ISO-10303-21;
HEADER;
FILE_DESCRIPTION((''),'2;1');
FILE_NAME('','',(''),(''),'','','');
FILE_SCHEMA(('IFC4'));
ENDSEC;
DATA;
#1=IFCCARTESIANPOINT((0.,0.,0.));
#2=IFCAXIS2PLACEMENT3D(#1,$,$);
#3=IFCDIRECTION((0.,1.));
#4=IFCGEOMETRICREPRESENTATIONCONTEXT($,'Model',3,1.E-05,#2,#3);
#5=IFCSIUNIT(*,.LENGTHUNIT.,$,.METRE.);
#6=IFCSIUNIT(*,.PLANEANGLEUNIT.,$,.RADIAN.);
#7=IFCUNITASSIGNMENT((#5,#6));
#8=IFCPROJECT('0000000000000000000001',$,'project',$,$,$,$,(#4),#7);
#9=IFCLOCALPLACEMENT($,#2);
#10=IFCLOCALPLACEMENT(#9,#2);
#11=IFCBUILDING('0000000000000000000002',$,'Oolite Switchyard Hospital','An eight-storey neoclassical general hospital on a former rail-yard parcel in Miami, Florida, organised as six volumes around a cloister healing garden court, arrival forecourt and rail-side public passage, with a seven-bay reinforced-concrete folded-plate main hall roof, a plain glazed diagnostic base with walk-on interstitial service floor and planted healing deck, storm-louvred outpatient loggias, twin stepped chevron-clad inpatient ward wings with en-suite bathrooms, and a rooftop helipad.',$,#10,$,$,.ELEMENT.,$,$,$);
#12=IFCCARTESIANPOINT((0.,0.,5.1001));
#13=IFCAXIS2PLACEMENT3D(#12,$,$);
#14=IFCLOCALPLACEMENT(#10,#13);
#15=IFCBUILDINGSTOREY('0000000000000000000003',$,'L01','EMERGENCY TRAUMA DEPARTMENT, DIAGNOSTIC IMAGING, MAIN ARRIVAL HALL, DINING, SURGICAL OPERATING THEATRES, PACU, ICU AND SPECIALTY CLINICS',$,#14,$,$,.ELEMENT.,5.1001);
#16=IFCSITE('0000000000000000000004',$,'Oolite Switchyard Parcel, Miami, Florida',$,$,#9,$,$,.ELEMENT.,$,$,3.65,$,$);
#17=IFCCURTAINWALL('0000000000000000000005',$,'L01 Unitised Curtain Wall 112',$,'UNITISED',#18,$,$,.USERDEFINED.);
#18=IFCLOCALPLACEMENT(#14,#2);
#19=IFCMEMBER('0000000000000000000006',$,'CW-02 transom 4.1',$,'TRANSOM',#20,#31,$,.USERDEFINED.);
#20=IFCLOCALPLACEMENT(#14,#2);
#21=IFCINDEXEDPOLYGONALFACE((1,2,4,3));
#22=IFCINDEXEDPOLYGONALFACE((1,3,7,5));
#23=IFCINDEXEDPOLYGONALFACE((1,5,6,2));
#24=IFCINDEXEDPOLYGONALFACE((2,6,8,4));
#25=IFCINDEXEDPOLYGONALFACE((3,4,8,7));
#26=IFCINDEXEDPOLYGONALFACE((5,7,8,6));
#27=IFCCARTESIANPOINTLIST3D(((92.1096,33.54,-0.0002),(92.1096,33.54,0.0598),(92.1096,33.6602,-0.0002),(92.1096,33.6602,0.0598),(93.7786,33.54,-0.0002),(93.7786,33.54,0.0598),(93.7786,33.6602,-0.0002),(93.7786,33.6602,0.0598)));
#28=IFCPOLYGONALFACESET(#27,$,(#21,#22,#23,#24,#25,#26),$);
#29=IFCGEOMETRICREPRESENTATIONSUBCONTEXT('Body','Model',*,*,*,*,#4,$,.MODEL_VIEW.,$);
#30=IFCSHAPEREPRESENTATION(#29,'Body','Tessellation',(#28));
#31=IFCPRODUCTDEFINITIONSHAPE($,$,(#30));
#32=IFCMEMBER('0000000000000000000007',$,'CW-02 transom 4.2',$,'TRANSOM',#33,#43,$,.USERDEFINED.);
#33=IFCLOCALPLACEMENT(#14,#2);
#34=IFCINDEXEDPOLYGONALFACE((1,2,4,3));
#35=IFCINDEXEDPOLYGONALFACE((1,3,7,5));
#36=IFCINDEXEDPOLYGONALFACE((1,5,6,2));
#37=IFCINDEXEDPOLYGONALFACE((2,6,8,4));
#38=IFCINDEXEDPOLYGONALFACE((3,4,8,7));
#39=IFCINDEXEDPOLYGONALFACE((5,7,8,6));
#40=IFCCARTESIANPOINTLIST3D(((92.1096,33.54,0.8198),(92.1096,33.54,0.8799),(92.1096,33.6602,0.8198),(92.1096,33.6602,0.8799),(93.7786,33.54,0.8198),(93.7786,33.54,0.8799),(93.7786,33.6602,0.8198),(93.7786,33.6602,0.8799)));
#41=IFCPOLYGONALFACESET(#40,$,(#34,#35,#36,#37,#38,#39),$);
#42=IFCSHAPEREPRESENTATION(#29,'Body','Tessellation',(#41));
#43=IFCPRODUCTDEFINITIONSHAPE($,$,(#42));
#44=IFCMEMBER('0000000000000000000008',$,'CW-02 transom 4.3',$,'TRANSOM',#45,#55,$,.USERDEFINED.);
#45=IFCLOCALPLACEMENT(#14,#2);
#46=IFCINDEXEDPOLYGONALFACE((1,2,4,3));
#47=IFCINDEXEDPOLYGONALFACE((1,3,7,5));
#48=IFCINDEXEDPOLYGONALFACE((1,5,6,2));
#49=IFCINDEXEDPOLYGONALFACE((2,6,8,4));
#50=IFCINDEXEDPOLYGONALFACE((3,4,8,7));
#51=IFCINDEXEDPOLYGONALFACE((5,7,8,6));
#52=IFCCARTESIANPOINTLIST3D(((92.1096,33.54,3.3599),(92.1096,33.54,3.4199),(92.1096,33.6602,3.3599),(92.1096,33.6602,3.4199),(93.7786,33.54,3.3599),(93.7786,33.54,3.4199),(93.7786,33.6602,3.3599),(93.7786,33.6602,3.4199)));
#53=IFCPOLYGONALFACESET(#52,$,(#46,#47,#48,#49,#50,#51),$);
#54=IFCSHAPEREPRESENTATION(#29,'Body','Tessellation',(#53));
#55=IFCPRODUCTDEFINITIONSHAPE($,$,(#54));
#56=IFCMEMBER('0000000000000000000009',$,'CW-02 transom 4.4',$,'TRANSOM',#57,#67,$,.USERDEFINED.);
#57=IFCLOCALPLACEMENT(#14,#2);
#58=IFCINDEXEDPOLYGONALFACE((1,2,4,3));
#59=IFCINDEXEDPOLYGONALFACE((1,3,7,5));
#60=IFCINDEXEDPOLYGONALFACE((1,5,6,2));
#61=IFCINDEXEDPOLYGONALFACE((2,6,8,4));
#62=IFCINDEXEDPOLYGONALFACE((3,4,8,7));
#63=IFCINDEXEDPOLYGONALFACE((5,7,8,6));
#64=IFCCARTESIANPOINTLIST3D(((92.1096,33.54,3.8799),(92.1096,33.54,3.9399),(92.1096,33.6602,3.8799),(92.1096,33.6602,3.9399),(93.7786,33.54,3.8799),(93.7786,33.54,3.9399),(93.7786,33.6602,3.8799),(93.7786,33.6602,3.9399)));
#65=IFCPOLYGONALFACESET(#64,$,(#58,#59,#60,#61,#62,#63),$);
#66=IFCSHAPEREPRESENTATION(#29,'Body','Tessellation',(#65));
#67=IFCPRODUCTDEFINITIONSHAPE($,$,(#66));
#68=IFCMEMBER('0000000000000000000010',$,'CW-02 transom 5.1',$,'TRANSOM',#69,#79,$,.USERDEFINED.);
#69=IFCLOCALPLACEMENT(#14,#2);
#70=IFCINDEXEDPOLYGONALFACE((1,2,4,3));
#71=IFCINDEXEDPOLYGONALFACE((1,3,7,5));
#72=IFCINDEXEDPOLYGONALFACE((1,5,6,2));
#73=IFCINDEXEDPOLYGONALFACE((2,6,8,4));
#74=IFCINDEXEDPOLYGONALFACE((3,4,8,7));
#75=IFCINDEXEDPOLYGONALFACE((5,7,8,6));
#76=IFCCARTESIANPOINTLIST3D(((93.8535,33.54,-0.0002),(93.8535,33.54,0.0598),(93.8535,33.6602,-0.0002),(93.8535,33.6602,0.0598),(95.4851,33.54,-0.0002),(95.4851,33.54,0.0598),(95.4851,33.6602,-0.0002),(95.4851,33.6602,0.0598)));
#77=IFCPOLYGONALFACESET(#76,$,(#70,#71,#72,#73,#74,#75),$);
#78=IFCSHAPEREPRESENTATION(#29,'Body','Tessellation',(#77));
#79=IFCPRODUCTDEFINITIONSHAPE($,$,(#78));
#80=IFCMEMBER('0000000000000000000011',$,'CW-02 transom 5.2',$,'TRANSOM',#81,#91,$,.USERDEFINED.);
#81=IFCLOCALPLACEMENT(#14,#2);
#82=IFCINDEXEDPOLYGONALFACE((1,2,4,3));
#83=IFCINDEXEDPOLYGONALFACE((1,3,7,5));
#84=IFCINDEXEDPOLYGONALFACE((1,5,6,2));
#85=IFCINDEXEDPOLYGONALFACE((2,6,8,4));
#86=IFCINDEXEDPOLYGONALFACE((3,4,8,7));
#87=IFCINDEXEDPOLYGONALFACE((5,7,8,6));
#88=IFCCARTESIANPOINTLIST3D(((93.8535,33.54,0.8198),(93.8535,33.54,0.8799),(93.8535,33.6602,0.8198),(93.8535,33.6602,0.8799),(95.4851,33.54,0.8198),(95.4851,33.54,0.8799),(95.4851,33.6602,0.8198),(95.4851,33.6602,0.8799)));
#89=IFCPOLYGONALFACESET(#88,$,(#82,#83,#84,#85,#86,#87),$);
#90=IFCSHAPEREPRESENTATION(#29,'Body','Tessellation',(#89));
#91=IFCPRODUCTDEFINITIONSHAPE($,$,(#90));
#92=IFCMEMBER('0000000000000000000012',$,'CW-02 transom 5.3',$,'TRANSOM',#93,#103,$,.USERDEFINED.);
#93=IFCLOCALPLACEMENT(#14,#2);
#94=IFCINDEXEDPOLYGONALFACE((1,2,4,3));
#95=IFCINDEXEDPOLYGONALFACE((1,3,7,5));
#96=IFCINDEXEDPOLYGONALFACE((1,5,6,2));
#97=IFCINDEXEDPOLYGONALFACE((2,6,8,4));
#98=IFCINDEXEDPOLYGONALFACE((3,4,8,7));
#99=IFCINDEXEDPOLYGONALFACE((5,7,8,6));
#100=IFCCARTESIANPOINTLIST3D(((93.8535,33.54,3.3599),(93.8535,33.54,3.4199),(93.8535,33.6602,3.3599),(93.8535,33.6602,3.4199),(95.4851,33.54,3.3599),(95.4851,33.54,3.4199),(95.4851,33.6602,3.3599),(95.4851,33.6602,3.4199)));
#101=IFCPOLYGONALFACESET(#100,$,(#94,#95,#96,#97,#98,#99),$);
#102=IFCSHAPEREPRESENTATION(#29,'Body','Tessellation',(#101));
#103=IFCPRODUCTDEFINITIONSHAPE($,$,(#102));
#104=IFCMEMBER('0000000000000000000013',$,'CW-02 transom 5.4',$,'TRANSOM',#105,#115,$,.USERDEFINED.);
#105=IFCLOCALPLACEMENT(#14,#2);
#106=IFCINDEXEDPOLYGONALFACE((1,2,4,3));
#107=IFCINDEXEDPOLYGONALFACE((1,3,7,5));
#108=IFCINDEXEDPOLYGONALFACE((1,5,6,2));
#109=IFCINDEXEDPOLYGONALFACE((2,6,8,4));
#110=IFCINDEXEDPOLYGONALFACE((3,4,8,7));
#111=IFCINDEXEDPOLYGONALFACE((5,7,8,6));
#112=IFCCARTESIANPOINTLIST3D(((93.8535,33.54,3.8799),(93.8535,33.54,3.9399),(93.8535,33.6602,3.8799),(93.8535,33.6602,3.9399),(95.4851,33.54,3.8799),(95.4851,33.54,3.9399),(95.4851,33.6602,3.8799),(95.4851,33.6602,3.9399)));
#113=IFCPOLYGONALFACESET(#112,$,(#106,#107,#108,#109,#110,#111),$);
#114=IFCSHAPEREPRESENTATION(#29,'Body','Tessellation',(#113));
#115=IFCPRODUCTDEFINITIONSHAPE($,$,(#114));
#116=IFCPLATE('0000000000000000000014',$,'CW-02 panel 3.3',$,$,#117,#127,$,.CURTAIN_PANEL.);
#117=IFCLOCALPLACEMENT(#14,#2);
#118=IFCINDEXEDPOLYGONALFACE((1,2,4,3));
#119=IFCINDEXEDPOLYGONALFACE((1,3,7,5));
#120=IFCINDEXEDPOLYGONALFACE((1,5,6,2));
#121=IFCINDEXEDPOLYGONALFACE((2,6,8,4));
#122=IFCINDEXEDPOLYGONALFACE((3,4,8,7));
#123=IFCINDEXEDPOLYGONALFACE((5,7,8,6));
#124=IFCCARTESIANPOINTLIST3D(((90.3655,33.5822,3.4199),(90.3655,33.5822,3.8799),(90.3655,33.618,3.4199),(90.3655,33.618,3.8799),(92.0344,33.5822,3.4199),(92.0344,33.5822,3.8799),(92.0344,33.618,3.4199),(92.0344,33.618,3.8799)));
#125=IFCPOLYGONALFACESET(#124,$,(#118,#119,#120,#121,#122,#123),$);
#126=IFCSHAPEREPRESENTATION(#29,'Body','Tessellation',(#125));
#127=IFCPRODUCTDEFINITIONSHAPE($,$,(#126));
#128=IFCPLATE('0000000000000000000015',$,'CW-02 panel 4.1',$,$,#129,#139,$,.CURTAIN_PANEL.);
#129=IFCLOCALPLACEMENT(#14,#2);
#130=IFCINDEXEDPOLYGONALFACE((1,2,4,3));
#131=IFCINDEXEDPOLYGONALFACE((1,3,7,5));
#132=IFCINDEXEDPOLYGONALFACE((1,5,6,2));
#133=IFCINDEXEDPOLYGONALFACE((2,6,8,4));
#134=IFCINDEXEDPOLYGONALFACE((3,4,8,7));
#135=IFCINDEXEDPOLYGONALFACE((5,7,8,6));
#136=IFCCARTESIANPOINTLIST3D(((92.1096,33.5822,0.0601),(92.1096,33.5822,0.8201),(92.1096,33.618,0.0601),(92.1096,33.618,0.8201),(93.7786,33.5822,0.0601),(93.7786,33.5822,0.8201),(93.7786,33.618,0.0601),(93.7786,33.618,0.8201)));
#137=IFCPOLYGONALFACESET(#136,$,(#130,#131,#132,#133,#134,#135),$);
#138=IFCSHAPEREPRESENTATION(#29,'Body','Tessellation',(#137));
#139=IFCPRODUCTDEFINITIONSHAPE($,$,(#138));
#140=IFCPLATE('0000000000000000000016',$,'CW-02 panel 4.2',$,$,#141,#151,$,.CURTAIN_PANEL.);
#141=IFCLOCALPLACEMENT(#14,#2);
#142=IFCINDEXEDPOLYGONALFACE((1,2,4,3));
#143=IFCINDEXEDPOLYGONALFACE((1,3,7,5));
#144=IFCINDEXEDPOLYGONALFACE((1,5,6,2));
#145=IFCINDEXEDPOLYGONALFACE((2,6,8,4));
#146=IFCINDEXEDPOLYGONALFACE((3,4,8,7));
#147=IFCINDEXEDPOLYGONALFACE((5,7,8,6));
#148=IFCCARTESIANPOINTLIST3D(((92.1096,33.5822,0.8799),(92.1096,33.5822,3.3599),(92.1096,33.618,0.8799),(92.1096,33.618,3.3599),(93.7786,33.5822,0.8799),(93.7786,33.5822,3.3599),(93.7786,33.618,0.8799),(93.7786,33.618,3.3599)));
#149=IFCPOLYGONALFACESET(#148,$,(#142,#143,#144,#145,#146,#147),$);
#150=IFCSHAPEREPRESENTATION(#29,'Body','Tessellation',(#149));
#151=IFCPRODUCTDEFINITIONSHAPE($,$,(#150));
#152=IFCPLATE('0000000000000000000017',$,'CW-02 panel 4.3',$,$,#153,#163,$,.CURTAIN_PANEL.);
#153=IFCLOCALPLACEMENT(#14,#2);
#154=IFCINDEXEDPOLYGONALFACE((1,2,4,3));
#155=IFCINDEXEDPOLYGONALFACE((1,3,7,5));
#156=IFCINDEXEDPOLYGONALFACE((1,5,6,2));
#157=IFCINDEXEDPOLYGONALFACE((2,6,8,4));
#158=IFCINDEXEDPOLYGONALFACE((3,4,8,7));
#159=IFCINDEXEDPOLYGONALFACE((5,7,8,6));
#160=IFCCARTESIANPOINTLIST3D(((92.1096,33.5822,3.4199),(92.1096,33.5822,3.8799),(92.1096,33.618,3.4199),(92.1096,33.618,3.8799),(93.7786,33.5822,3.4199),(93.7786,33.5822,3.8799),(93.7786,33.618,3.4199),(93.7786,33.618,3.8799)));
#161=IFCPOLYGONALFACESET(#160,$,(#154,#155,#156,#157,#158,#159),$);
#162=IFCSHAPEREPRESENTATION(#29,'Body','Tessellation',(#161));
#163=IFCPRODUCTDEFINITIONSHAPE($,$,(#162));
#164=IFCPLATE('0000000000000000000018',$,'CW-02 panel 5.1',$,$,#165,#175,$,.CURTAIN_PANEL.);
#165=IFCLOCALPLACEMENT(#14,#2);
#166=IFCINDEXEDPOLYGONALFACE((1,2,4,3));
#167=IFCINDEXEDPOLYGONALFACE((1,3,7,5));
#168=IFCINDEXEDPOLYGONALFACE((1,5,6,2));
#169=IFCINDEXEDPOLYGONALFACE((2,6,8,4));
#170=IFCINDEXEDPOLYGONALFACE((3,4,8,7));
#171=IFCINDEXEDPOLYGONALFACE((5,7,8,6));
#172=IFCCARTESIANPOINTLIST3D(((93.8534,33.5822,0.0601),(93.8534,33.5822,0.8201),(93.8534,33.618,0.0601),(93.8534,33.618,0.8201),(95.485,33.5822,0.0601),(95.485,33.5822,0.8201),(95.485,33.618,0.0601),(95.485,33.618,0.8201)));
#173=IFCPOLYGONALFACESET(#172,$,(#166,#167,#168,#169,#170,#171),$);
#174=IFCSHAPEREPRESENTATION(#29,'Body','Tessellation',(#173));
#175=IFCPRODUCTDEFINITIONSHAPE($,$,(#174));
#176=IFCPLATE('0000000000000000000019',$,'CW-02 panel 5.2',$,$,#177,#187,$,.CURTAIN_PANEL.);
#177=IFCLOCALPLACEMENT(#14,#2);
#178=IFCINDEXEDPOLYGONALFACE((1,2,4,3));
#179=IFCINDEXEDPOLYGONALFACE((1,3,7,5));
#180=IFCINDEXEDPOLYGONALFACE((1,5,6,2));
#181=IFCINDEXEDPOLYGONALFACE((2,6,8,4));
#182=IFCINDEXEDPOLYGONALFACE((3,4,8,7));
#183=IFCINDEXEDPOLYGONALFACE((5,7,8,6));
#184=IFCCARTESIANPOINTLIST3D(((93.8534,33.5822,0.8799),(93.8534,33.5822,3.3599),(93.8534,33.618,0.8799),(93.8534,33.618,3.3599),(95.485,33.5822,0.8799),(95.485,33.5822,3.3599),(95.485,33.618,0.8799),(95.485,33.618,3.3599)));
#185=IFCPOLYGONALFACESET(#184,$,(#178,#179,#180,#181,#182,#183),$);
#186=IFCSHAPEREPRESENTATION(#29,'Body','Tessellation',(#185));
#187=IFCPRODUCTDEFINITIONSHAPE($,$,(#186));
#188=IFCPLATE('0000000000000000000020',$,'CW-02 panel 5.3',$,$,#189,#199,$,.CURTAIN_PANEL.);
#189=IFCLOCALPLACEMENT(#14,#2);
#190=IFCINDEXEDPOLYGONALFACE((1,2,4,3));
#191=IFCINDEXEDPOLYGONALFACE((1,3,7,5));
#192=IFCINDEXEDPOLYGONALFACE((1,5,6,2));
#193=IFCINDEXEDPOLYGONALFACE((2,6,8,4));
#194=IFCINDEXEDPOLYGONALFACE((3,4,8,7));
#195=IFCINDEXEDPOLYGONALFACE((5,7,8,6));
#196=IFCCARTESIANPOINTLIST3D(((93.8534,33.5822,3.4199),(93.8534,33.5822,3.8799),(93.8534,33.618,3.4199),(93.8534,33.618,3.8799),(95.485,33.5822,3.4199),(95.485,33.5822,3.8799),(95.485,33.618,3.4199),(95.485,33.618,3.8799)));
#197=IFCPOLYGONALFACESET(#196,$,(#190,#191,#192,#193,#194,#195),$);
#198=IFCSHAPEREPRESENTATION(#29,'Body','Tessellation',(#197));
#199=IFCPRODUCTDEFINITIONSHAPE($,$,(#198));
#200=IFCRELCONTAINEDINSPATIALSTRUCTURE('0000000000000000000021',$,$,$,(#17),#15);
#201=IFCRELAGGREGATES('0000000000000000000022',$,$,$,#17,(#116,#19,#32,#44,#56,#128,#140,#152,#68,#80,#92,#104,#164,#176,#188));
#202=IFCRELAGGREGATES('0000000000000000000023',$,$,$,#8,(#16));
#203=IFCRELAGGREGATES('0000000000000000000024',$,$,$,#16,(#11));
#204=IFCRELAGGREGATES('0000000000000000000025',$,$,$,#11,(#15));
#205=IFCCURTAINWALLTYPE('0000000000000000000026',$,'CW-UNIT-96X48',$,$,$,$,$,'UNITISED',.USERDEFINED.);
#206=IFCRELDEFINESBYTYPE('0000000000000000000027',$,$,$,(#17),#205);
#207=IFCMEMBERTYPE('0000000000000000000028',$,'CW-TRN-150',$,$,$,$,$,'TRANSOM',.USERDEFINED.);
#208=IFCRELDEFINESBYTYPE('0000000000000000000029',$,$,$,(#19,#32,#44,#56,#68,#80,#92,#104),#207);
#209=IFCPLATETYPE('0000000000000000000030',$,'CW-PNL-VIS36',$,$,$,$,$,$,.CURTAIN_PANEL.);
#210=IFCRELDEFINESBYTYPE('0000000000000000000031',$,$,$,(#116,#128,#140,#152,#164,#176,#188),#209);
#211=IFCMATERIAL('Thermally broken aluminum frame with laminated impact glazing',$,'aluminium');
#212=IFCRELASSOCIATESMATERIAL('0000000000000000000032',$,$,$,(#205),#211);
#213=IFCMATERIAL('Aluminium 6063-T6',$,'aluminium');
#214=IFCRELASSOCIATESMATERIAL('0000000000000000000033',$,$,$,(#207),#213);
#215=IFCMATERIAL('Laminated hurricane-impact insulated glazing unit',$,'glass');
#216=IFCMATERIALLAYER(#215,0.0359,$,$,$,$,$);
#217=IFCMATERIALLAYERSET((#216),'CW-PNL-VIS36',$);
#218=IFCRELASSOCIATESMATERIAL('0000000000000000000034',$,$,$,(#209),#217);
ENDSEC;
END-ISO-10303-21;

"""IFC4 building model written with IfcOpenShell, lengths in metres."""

from ifc_helpers import new_model, si_unit, direction, frame, origin, origin_2d, place, context, subcontext, project, spatial, rectangle, extrude, material, layer, layer_set, material_profile, profile_set, type_object, element, aggregate, save


model = new_model("IFC4")

# Units and contexts
model_context = context("Model", 3, precision=1e-05, world=origin(), true_north=direction((0.0, 1.0)))
body_context = subcontext(model_context, "Body", "Model", "MODEL_VIEW")
ifc_project = project(units=[si_unit("LENGTHUNIT", "METRE"), si_unit("PLANEANGLEUNIT", "RADIAN")], contexts=[model_context])

# Site, building, storey
site_placement = place(None, origin())
site = spatial("IfcSite", under=ifc_project, at=site_placement, Name="Oolite Switchyard Parcel, Miami, Florida", CompositionType="ELEMENT", RefElevation=3.65)
building_placement = place(site_placement, origin())
building = spatial("IfcBuilding", under=site, at=building_placement, Name="Oolite Switchyard Hospital", Description="An eight-storey neoclassical general hospital on a former rail-yard parcel in Miami, Florida, organised as six volumes around a cloister healing garden court, arrival forecourt and rail-side public passage, with a seven-bay reinforced-concrete folded-plate main hall roof, a plain glazed diagnostic base with walk-on interstitial service floor and planted healing deck, storm-louvred outpatient loggias, twin stepped chevron-clad inpatient ward wings with en-suite bathrooms, and a rooftop helipad.", CompositionType="ELEMENT")
storey_placement = place(building_placement, frame((0.0, 0.0, 5.1001)))
storey = spatial("IfcBuildingStorey", under=building, at=storey_placement, Name="L01", Description="EMERGENCY TRAUMA DEPARTMENT, DIAGNOSTIC IMAGING, MAIN ARRIVAL HALL, DINING, SURGICAL OPERATING THEATRES, PACU, ICU AND SPECIALTY CLINICS", CompositionType="ELEMENT", Elevation=5.1001)

# Curtain wall, members, plates
ifc_material_1 = material(Name="Thermally broken aluminum frame with laminated impact glazing", Category="aluminium")
curtain_wall_type = type_object("IfcCurtainWallType", Name="CW-UNIT-96X48", ElementType="UNITISED", PredefinedType="USERDEFINED", material=ifc_material_1)
curtain_wall_placement = place(storey_placement, origin())
curtain_wall = element("IfcCurtainWall", 1, at=curtain_wall_placement, inside=storey, type_object=curtain_wall_type, Name="L01 Unitised Curtain Wall 112", ObjectType="UNITISED", PredefinedType="USERDEFINED")
ifc_material_2 = material(Name="Aluminium 6063-T6", Category="aluminium")
ifc_material_profile_1 = material_profile(ifc_material_2, rectangle(XDim=0.1201, YDim=0.0601, at=origin_2d()), Name="CWT60X120")
ifc_profile_set_1 = profile_set([ifc_material_profile_1], Name="Aluminium 6063-T6")
member_type_1 = type_object("IfcMemberType", Name="CW-TRN-150", ElementType="TRANSOM", PredefinedType="USERDEFINED", material=ifc_profile_set_1)
member_1_placement = place(storey_placement, frame((92.1096, 33.6001, 0.0298), z_axis=(1.0, 0.0, 0.0), x_axis=(0.0, 1.0, 0.0)))
member_1 = element("IfcMember", 2, at=member_1_placement, type_object=member_type_1, Name="CW-02 transom 4.1", ObjectType="TRANSOM", PredefinedType="USERDEFINED", context=body_context, shape_type="SweptSolid", body=[
    extrude(rectangle(XDim=0.1201, YDim=0.0601, at=origin_2d()), origin(), (0.0, 0.0, 1.0), 1.6689),
])
member_2_placement = place(storey_placement, frame((92.1096, 33.6001, 0.8499), z_axis=(1.0, 0.0, 0.0), x_axis=(0.0, 1.0, 0.0)))
member_2 = element("IfcMember", 3, at=member_2_placement, type_object=member_type_1, Name="CW-02 transom 4.2", ObjectType="TRANSOM", PredefinedType="USERDEFINED", context=body_context, shape_type="SweptSolid", body=[
    extrude(rectangle(XDim=0.1201, YDim=0.0601, at=origin_2d()), origin(), (0.0, 0.0, 1.0), 1.6689),
])
member_3_placement = place(storey_placement, frame((92.1096, 33.6001, 3.3899), z_axis=(1.0, 0.0, 0.0), x_axis=(0.0, 1.0, 0.0)))
member_3 = element("IfcMember", 4, at=member_3_placement, type_object=member_type_1, Name="CW-02 transom 4.3", ObjectType="TRANSOM", PredefinedType="USERDEFINED", context=body_context, shape_type="SweptSolid", body=[
    extrude(rectangle(XDim=0.1201, YDim=0.0601, at=origin_2d()), origin(), (0.0, 0.0, 1.0), 1.6689),
])
member_4_placement = place(storey_placement, frame((92.1096, 33.6001, 3.9099), z_axis=(1.0, 0.0, 0.0), x_axis=(0.0, 1.0, 0.0)))
member_4 = element("IfcMember", 5, at=member_4_placement, type_object=member_type_1, Name="CW-02 transom 4.4", ObjectType="TRANSOM", PredefinedType="USERDEFINED", context=body_context, shape_type="SweptSolid", body=[
    extrude(rectangle(XDim=0.1201, YDim=0.0601, at=origin_2d()), origin(), (0.0, 0.0, 1.0), 1.6689),
])
member_5_placement = place(storey_placement, frame((93.8535, 33.6001, 0.0298), z_axis=(1.0, 0.0, 0.0), x_axis=(0.0, 1.0, 0.0)))
member_5 = element("IfcMember", 6, at=member_5_placement, type_object=member_type_1, Name="CW-02 transom 5.1", ObjectType="TRANSOM", PredefinedType="USERDEFINED", context=body_context, shape_type="SweptSolid", body=[
    extrude(rectangle(XDim=0.1201, YDim=0.0601, at=origin_2d()), origin(), (0.0, 0.0, 1.0), 1.6316),
])
member_6_placement = place(storey_placement, frame((93.8535, 33.6001, 0.8499), z_axis=(1.0, 0.0, 0.0), x_axis=(0.0, 1.0, 0.0)))
member_6 = element("IfcMember", 7, at=member_6_placement, type_object=member_type_1, Name="CW-02 transom 5.2", ObjectType="TRANSOM", PredefinedType="USERDEFINED", context=body_context, shape_type="SweptSolid", body=[
    extrude(rectangle(XDim=0.1201, YDim=0.0601, at=origin_2d()), origin(), (0.0, 0.0, 1.0), 1.6316),
])
member_7_placement = place(storey_placement, frame((93.8535, 33.6001, 3.3899), z_axis=(1.0, 0.0, 0.0), x_axis=(0.0, 1.0, 0.0)))
member_7 = element("IfcMember", 8, at=member_7_placement, type_object=member_type_1, Name="CW-02 transom 5.3", ObjectType="TRANSOM", PredefinedType="USERDEFINED", context=body_context, shape_type="SweptSolid", body=[
    extrude(rectangle(XDim=0.1201, YDim=0.0601, at=origin_2d()), origin(), (0.0, 0.0, 1.0), 1.6316),
])
member_8_placement = place(storey_placement, frame((93.8535, 33.6001, 3.9099), z_axis=(1.0, 0.0, 0.0), x_axis=(0.0, 1.0, 0.0)))
member_8 = element("IfcMember", 9, at=member_8_placement, type_object=member_type_1, Name="CW-02 transom 5.4", ObjectType="TRANSOM", PredefinedType="USERDEFINED", context=body_context, shape_type="SweptSolid", body=[
    extrude(rectangle(XDim=0.1201, YDim=0.0601, at=origin_2d()), origin(), (0.0, 0.0, 1.0), 1.6316),
])
ifc_material_3 = material(Name="Laminated hurricane-impact insulated glazing unit", Category="glass")
ifc_layer = layer(ifc_material_3, 0.0359)
ifc_layer_set = layer_set([ifc_layer], Name="CW-PNL-VIS36")
plate_type = type_object("IfcPlateType", Name="CW-PNL-VIS36", PredefinedType="CURTAIN_PANEL", material=ifc_layer_set)
plate_1_placement = place(storey_placement, frame((91.2, 33.6001, 3.4199), z_axis=(0.0, 0.0, 1.0), x_axis=(1.0, 0.0, 0.0)))
plate_1 = element("IfcPlate", 10, at=plate_1_placement, type_object=plate_type, Name="CW-02 panel 3.3", PredefinedType="CURTAIN_PANEL", context=body_context, shape_type="SweptSolid", body=[
    extrude(rectangle(XDim=1.6689, YDim=0.0359, at=origin_2d()), origin(), (0.0, 0.0, 1.0), 0.46),
])
plate_2_placement = place(storey_placement, frame((92.9441, 33.6001, 0.0601), z_axis=(0.0, 0.0, 1.0), x_axis=(1.0, 0.0, 0.0)))
plate_2 = element("IfcPlate", 11, at=plate_2_placement, type_object=plate_type, Name="CW-02 panel 4.1", PredefinedType="CURTAIN_PANEL", context=body_context, shape_type="SweptSolid", body=[
    extrude(rectangle(XDim=1.6689, YDim=0.0359, at=origin_2d()), origin(), (0.0, 0.0, 1.0), 0.76),
])
plate_3_placement = place(storey_placement, frame((92.9441, 33.6001, 0.8799), z_axis=(0.0, 0.0, 1.0), x_axis=(1.0, 0.0, 0.0)))
plate_3 = element("IfcPlate", 12, at=plate_3_placement, type_object=plate_type, Name="CW-02 panel 4.2", PredefinedType="CURTAIN_PANEL", context=body_context, shape_type="SweptSolid", body=[
    extrude(rectangle(XDim=1.6689, YDim=0.0359, at=origin_2d()), origin(), (0.0, 0.0, 1.0), 2.48),
])
plate_4_placement = place(storey_placement, frame((92.9441, 33.6001, 3.4199), z_axis=(0.0, 0.0, 1.0), x_axis=(1.0, 0.0, 0.0)))
plate_4 = element("IfcPlate", 13, at=plate_4_placement, type_object=plate_type, Name="CW-02 panel 4.3", PredefinedType="CURTAIN_PANEL", context=body_context, shape_type="SweptSolid", body=[
    extrude(rectangle(XDim=1.6689, YDim=0.0359, at=origin_2d()), origin(), (0.0, 0.0, 1.0), 0.46),
])
plate_5_placement = place(storey_placement, frame((94.6692, 33.6001, 0.0601), z_axis=(0.0, 0.0, 1.0), x_axis=(1.0, 0.0, 0.0)))
plate_5 = element("IfcPlate", 14, at=plate_5_placement, type_object=plate_type, Name="CW-02 panel 5.1", PredefinedType="CURTAIN_PANEL", context=body_context, shape_type="SweptSolid", body=[
    extrude(rectangle(XDim=1.6316, YDim=0.0359, at=origin_2d()), origin(), (0.0, 0.0, 1.0), 0.76),
])
plate_6_placement = place(storey_placement, frame((94.6692, 33.6001, 0.8799), z_axis=(0.0, 0.0, 1.0), x_axis=(1.0, 0.0, 0.0)))
plate_6 = element("IfcPlate", 15, at=plate_6_placement, type_object=plate_type, Name="CW-02 panel 5.2", PredefinedType="CURTAIN_PANEL", context=body_context, shape_type="SweptSolid", body=[
    extrude(rectangle(XDim=1.6316, YDim=0.0359, at=origin_2d()), origin(), (0.0, 0.0, 1.0), 2.48),
])
plate_7_placement = place(storey_placement, frame((94.6692, 33.6001, 3.4199), z_axis=(0.0, 0.0, 1.0), x_axis=(1.0, 0.0, 0.0)))
plate_7 = element("IfcPlate", 16, at=plate_7_placement, type_object=plate_type, Name="CW-02 panel 5.3", PredefinedType="CURTAIN_PANEL", context=body_context, shape_type="SweptSolid", body=[
    extrude(rectangle(XDim=1.6316, YDim=0.0359, at=origin_2d()), origin(), (0.0, 0.0, 1.0), 0.46),
])
aggregate(curtain_wall, [plate_1, member_1, member_2, member_3, member_4, plate_2, plate_3, plate_4, member_5, member_6, member_7, member_8, plate_5, plate_6, plate_7])

save(model, "model.ifc")
